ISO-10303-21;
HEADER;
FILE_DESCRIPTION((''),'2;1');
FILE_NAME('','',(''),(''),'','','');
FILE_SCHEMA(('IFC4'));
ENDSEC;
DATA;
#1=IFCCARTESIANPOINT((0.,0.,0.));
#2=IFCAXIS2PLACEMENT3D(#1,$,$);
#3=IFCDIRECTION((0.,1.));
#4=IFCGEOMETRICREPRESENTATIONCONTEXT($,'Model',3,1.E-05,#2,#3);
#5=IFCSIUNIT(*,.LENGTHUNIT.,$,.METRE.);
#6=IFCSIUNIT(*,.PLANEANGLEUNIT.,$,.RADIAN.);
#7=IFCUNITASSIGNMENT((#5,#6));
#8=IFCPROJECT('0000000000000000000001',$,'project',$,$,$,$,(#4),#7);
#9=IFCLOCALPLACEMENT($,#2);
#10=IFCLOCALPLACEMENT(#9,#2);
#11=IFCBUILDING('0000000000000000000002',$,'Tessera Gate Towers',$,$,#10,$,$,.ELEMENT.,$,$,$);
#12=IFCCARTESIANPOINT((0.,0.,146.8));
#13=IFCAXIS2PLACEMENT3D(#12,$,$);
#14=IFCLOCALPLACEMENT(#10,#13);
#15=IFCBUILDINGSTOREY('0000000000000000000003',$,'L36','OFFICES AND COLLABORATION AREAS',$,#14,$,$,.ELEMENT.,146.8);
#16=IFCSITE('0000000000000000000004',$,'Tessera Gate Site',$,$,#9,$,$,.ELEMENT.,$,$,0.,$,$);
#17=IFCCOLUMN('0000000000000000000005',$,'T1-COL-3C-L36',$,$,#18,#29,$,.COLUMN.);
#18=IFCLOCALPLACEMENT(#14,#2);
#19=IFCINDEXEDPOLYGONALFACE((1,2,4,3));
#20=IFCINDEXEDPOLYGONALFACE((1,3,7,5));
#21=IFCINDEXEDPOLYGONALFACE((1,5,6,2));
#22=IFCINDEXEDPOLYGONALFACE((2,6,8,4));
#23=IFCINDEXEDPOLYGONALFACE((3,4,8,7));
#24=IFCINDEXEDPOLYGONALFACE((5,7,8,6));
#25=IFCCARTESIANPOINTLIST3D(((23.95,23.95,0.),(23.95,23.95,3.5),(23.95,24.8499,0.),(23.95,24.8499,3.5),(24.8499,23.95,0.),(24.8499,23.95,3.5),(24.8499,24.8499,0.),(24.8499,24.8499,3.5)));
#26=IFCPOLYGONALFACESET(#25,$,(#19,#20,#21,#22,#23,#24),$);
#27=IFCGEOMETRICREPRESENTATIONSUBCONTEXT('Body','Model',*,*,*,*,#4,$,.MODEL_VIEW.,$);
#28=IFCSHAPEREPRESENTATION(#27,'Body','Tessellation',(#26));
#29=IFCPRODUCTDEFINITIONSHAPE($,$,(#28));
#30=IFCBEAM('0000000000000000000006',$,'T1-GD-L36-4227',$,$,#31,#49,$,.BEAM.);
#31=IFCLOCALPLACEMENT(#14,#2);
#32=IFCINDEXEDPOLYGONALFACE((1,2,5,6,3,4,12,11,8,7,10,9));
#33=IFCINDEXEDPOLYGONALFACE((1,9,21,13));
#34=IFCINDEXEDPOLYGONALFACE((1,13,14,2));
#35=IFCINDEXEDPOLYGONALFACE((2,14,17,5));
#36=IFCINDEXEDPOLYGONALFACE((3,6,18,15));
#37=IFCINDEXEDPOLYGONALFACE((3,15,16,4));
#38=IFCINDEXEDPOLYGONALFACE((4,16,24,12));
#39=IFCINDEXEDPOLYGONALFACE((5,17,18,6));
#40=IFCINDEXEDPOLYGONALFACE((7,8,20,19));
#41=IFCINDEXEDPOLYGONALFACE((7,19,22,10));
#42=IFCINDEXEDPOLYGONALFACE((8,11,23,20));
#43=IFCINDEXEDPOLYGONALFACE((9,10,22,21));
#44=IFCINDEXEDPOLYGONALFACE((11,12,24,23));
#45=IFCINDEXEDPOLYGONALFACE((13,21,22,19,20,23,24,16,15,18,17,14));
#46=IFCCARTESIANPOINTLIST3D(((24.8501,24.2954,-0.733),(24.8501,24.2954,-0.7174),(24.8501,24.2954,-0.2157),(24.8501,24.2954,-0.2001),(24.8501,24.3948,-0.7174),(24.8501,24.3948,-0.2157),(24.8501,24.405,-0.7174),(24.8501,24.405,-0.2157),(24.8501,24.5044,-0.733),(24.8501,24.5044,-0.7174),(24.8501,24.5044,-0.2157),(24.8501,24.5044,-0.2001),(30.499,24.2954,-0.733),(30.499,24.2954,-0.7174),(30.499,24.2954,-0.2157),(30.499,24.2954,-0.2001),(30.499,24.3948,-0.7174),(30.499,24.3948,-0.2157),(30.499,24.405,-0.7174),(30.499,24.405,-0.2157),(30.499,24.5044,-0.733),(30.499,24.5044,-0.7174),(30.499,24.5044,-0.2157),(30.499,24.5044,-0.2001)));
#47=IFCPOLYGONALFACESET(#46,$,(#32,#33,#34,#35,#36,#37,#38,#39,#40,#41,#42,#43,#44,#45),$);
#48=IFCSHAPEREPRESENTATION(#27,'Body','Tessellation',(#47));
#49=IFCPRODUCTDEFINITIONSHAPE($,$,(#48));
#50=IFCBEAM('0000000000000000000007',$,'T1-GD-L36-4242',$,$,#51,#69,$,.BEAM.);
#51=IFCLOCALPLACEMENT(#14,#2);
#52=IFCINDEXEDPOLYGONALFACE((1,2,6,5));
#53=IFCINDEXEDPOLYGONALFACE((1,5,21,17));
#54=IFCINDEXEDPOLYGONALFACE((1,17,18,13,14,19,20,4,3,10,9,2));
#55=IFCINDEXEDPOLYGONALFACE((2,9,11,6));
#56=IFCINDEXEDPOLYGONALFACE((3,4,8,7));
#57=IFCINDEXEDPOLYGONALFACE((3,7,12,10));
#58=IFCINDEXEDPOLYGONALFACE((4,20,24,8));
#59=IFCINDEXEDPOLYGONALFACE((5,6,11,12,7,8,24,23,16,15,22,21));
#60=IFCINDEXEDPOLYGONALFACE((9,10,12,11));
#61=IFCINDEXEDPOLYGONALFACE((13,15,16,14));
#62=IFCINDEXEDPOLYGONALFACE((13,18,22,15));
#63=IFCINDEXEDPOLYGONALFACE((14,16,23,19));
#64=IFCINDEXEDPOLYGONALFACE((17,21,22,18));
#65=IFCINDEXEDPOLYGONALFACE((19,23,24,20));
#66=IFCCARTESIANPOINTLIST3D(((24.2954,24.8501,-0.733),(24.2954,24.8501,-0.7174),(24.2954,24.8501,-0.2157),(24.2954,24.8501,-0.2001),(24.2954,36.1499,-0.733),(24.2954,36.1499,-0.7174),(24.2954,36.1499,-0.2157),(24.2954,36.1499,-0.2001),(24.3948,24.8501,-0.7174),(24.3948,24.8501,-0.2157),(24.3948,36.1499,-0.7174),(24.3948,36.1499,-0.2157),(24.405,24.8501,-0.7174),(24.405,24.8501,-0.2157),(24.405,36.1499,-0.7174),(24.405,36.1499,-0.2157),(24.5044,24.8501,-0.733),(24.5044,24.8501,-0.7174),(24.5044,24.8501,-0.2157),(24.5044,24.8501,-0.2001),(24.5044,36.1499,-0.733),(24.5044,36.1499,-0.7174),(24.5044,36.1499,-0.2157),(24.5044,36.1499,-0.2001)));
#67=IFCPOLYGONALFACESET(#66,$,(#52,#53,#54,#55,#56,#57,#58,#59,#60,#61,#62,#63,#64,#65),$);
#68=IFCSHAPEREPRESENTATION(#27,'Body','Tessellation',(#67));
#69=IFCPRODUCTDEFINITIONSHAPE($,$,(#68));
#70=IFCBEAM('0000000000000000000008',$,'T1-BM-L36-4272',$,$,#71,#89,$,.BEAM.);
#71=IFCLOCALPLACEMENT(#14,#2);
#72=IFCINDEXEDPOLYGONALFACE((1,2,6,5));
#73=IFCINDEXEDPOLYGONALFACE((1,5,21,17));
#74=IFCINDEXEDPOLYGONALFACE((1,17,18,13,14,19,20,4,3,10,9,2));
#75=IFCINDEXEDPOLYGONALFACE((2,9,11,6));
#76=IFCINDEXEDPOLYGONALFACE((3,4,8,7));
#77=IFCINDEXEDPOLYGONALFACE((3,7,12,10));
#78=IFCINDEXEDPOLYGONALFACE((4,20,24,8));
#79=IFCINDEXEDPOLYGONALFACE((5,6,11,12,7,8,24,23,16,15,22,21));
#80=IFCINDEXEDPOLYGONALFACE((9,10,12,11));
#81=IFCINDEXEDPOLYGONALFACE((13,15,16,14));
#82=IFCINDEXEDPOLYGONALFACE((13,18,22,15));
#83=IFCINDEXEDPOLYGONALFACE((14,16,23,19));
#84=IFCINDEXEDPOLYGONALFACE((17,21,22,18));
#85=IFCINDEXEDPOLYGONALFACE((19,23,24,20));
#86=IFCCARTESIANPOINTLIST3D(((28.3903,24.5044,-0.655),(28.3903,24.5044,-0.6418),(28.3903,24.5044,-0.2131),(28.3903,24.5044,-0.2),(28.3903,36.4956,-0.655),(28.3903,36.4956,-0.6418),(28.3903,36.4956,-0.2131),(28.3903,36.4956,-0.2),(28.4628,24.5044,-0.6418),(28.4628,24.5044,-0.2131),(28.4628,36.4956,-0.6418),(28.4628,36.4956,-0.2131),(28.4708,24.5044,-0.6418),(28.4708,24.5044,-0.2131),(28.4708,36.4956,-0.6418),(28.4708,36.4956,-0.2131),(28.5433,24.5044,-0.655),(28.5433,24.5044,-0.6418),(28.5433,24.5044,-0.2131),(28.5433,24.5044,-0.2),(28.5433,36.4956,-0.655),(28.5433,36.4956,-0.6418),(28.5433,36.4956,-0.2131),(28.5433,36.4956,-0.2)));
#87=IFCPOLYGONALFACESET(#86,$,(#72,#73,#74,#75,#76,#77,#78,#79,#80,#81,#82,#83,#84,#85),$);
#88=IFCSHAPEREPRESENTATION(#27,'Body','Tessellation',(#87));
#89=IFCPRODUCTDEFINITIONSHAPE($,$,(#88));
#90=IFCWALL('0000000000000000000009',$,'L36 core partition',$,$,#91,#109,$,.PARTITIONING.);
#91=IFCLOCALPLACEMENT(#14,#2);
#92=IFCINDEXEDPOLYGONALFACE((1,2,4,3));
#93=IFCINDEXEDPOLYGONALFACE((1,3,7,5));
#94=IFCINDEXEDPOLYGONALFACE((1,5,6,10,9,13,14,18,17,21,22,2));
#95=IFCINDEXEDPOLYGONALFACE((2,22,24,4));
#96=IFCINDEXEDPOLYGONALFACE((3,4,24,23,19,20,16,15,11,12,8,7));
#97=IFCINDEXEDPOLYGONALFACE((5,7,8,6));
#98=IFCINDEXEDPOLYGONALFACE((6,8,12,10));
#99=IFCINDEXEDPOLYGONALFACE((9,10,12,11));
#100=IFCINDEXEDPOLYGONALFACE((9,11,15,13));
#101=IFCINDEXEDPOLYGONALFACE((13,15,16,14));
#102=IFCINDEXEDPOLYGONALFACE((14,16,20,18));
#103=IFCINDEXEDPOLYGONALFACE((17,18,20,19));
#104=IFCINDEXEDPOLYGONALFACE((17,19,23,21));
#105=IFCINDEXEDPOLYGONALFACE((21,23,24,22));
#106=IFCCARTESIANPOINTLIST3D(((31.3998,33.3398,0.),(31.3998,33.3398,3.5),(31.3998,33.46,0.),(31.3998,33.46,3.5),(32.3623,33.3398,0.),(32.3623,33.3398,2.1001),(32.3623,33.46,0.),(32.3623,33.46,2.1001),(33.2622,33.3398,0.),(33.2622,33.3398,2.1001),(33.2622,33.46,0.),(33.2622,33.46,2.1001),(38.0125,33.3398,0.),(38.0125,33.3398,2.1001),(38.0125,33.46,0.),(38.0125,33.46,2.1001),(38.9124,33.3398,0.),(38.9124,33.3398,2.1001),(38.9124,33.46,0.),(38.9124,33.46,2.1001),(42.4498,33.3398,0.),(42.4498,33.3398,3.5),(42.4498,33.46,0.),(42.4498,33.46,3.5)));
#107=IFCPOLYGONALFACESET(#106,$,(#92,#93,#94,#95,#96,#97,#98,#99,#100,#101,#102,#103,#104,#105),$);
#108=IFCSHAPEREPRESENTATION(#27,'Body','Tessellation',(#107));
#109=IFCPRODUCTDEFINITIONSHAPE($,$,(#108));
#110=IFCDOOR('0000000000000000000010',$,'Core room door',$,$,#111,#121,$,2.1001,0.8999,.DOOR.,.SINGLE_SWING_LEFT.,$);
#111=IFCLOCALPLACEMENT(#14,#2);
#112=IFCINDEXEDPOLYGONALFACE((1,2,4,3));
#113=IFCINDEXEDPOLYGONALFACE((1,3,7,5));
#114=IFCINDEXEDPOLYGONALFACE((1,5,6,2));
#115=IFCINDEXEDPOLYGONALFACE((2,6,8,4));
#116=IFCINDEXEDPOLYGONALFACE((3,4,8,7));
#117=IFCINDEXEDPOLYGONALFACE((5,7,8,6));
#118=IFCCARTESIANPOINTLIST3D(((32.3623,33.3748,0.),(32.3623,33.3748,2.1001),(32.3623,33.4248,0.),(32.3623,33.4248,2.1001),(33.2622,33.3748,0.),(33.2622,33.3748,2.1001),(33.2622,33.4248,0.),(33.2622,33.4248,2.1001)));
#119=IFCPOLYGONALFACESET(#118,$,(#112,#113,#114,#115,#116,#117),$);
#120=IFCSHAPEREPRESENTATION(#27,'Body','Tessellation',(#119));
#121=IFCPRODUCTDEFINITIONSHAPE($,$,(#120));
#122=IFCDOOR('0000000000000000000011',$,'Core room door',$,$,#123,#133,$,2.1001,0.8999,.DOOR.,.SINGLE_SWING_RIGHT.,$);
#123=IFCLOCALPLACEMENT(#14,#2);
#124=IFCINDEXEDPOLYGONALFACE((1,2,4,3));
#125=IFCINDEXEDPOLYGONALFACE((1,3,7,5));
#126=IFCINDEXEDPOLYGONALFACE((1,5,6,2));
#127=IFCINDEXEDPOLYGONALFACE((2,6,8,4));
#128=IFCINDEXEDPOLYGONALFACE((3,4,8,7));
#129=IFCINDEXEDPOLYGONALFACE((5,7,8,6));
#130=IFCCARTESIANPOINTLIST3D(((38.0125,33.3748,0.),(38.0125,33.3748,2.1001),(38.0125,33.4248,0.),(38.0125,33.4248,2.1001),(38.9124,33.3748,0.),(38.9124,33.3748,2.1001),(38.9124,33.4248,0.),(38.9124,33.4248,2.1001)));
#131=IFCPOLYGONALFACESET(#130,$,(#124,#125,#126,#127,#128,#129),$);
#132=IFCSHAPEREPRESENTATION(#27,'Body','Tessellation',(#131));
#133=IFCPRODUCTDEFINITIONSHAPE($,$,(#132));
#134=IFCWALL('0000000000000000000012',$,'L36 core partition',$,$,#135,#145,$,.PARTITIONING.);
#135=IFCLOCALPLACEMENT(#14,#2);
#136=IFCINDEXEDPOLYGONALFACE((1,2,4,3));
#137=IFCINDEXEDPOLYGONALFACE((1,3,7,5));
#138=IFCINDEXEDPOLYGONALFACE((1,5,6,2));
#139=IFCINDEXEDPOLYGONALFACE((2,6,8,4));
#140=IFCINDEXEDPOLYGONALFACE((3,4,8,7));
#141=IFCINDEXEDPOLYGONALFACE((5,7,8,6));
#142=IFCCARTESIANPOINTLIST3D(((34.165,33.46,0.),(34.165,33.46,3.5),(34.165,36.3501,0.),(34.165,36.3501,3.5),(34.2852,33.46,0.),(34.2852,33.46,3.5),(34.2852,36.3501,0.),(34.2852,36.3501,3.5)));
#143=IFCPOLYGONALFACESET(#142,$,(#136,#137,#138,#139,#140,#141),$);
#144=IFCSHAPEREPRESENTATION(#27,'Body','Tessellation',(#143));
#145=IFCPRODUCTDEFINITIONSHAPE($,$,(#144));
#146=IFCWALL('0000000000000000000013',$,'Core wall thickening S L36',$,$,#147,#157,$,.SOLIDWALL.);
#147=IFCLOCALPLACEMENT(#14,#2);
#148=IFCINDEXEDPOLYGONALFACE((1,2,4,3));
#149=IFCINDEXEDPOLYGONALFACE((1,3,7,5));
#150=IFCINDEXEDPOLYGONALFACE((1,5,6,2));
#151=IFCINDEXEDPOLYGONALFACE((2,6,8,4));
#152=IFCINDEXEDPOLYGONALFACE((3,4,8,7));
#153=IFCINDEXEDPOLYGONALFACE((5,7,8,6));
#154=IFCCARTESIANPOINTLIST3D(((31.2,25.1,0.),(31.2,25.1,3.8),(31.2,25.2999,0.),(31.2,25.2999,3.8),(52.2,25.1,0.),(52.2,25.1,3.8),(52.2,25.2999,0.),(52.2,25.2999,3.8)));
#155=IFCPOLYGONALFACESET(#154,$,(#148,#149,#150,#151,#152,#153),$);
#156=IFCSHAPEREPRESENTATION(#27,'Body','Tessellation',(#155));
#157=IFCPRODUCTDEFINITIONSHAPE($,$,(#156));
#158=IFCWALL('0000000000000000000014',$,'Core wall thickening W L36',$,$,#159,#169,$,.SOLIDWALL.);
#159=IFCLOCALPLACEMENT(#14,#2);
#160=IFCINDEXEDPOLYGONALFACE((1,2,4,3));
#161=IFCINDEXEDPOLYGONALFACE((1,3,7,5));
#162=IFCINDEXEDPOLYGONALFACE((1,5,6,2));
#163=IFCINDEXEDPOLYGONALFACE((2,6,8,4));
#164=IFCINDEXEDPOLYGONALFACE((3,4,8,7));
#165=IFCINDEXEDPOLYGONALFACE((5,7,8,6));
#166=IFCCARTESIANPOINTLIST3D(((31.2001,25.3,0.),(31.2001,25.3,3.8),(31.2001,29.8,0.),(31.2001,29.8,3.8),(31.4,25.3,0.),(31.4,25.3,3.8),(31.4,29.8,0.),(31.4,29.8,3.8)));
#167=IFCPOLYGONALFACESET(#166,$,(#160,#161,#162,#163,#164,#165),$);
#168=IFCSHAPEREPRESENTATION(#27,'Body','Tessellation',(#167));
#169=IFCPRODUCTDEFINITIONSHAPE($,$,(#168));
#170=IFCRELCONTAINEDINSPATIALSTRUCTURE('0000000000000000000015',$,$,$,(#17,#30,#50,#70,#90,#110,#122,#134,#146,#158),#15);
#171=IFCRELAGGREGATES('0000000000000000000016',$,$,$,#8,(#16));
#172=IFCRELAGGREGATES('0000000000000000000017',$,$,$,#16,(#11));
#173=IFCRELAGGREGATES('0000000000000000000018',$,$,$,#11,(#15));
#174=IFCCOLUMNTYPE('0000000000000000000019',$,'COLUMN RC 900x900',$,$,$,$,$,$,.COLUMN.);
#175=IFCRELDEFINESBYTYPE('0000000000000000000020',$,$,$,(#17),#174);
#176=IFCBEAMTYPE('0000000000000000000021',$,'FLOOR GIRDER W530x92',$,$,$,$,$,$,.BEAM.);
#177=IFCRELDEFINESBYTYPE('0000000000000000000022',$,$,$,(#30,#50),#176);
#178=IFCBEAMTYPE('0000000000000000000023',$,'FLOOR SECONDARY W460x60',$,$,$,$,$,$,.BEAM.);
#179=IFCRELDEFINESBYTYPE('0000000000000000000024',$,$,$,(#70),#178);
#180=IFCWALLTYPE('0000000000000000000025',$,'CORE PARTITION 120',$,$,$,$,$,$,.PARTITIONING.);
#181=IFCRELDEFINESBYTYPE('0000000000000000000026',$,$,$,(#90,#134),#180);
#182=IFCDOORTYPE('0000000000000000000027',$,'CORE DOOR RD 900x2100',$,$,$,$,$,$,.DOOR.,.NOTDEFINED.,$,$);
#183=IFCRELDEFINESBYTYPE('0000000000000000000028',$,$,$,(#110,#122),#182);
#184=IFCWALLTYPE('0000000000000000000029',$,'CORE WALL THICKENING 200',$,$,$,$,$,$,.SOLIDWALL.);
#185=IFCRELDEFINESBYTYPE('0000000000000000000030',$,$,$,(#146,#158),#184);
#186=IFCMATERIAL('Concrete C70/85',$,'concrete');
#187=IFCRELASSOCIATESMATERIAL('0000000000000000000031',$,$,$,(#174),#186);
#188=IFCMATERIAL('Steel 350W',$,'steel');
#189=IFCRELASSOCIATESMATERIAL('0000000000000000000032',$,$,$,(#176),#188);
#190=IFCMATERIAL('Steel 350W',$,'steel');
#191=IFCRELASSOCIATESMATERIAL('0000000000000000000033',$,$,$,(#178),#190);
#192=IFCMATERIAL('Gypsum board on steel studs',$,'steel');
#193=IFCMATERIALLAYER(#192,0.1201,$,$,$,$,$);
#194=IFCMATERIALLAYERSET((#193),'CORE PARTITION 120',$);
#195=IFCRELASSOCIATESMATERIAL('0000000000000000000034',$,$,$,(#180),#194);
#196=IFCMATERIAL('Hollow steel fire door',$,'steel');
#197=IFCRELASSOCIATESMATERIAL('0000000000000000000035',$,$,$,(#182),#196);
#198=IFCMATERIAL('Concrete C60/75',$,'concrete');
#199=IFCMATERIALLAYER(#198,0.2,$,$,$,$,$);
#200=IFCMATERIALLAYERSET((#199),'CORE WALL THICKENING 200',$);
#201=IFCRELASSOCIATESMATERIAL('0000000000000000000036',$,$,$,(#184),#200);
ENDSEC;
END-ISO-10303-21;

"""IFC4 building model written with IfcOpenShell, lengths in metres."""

from ifc_helpers import new_model, si_unit, direction, frame, frame_2d, origin, origin_2d, place, context, subcontext, project, spatial, rectangle, i_section, extrude, source, transform, mapped, material, layer, layer_set, material_profile, profile_set, type_object, element, fill, save


model = new_model("IFC4")

# Units and contexts
model_context = context("Model", 3, precision=1e-05, world=origin(), true_north=direction((0.0, 1.0)))
body_context = subcontext(model_context, "Body", "Model", "MODEL_VIEW")
ifc_project = project(units=[si_unit("LENGTHUNIT", "METRE"), si_unit("PLANEANGLEUNIT", "RADIAN")], contexts=[model_context])

# Site, building, storey
site_placement = place(None, origin())
site = spatial("IfcSite", under=ifc_project, at=site_placement, Name="Tessera Gate Site", CompositionType="ELEMENT", RefElevation=0.0)
building_placement = place(site_placement, origin())
building = spatial("IfcBuilding", under=site, at=building_placement, Name="Tessera Gate Towers", CompositionType="ELEMENT")
storey_placement = place(building_placement, frame((0.0, 0.0, 146.8)))
storey = spatial("IfcBuildingStorey", under=building, at=storey_placement, Name="L36", Description="OFFICES AND COLLABORATION AREAS", CompositionType="ELEMENT", Elevation=146.8)

# Column
ifc_material_1 = material(Name="Concrete C70/85", Category="concrete")
ifc_material_profile_1 = material_profile(ifc_material_1, rectangle(XDim=0.8999, YDim=0.8999, at=origin_2d()), Name="RC 900x900")
ifc_profile_set_1 = profile_set([ifc_material_profile_1], Name="Concrete C70/85")
column_type = type_object("IfcColumnType", Name="COLUMN RC 900x900", PredefinedType="COLUMN", material=ifc_profile_set_1)
column_placement = place(storey_placement, frame((24.3999, 24.3999, 0.0), z_axis=(0.0, 0.0, 1.0), x_axis=(1.0, 0.0, 0.0)))
element("IfcColumn", 1, at=column_placement, inside=storey, type_object=column_type, Name="T1-COL-3C-L36", PredefinedType="COLUMN", context=body_context, shape_type="SweptSolid", body=[
    extrude(rectangle(XDim=0.8999, YDim=0.8999, at=origin_2d()), origin(), (0.0, 0.0, 1.0), 3.5),
])

# Beams
ifc_material_2 = material(Name="Steel 350W", Category="steel")
ifc_material_profile_2 = material_profile(ifc_material_2, i_section(OverallWidth=0.209, OverallDepth=0.533, WebThickness=0.0103, FlangeThickness=0.0156, at=origin_2d()), Name="W530x92")
ifc_profile_set_2 = profile_set([ifc_material_profile_2], Name="Steel 350W")
beam_type_1 = type_object("IfcBeamType", Name="FLOOR GIRDER W530x92", PredefinedType="BEAM", material=ifc_profile_set_2)
beam_1_placement = place(storey_placement, frame((24.8501, 24.3999, -0.4666), z_axis=(1.0, 0.0, 0.0), x_axis=(0.0, 1.0, 0.0)))
element("IfcBeam", 2, at=beam_1_placement, inside=storey, type_object=beam_type_1, Name="T1-GD-L36-4227", PredefinedType="BEAM", context=body_context, shape_type="SweptSolid", body=[
    extrude(i_section(OverallWidth=0.209, OverallDepth=0.533, WebThickness=0.0103, FlangeThickness=0.0156, at=origin_2d()), origin(), (0.0, 0.0, 1.0), 5.6489),
])
beam_2_placement = place(storey_placement, frame((24.3999, 24.8501, -0.4666), z_axis=(0.0, 1.0, 0.0), x_axis=(-1.0, 0.0, 0.0)))
element("IfcBeam", 3, at=beam_2_placement, inside=storey, type_object=beam_type_1, Name="T1-GD-L36-4242", PredefinedType="BEAM", context=body_context, shape_type="SweptSolid", body=[
    extrude(i_section(OverallWidth=0.209, OverallDepth=0.533, WebThickness=0.0103, FlangeThickness=0.0156, at=origin_2d()), origin(), (0.0, 0.0, 1.0), 11.2998),
])
ifc_material_3 = material(Name="Steel 350W", Category="steel")
ifc_material_profile_3 = material_profile(ifc_material_3, i_section(OverallWidth=0.1531, OverallDepth=0.4551, WebThickness=0.0081, FlangeThickness=0.0132, at=origin_2d()), Name="W460x60")
ifc_profile_set_3 = profile_set([ifc_material_profile_3], Name="Steel 350W")
beam_type_2 = type_object("IfcBeamType", Name="FLOOR SECONDARY W460x60", PredefinedType="BEAM", material=ifc_profile_set_3)
beam_3_placement = place(storey_placement, frame((28.4668, 24.5044, -0.4275), z_axis=(0.0, 1.0, 0.0), x_axis=(-1.0, 0.0, 0.0)))
element("IfcBeam", 4, at=beam_3_placement, inside=storey, type_object=beam_type_2, Name="T1-BM-L36-4272", PredefinedType="BEAM", context=body_context, shape_type="SweptSolid", body=[
    extrude(i_section(OverallWidth=0.1531, OverallDepth=0.4551, WebThickness=0.0081, FlangeThickness=0.0132, at=origin_2d()), origin(), (0.0, 0.0, 1.0), 11.9912),
])

# Wall, openings, doors
ifc_material_4 = material(Name="Gypsum board on steel studs", Category="steel")
ifc_layer_1 = layer(ifc_material_4, 0.1201)
ifc_layer_set_1 = layer_set([ifc_layer_1], Name="CORE PARTITION 120")
wall_type_1 = type_object("IfcWallType", Name="CORE PARTITION 120", PredefinedType="PARTITIONING", material=ifc_layer_set_1)
wall_1_placement = place(storey_placement, frame((31.3999, 33.3999, 0.0), z_axis=(0.0, 0.0, 1.0), x_axis=(1.0, 0.0, 0.0)))
wall_1 = element("IfcWall", 5, at=wall_1_placement, inside=storey, type_object=wall_type_1, Name="L36 core partition", PredefinedType="PARTITIONING", context=body_context, shape_type="SweptSolid", body=[
    extrude(rectangle(XDim=11.05, YDim=0.1201, at=frame_2d((5.5249, 0.0))), origin(), (0.0, 0.0, 1.0), 3.5),
])
shared_shape_1 = source(origin(), body_context, "Body", "SweptSolid", [
    extrude(rectangle(XDim=0.8999, YDim=2.1001, at=frame_2d((0.45, 1.05))), frame((0.0, 0.0701, 0.0), z_axis=(0.0, -1.0, 0.0), x_axis=(1.0, 0.0, 0.0)), (0.0, 0.0, 1.0), 0.1401),
])
opening_1_placement = place(wall_1_placement, frame((0.9624, 0.0, 0.0)))
opening_1 = element("IfcOpeningElement", 6, at=opening_1_placement, cuts=wall_1, PredefinedType="OPENING", context=body_context, shape_type="MappedRepresentation", body=[
    mapped(shared_shape_1, transform((0.0, 0.0, 0.0), scale=1.0)),
])
opening_2_placement = place(wall_1_placement, frame((6.6125, 0.0, 0.0)))
opening_2 = element("IfcOpeningElement", 7, at=opening_2_placement, cuts=wall_1, PredefinedType="OPENING", context=body_context, shape_type="MappedRepresentation", body=[
    mapped(shared_shape_1, transform((0.0, 0.0, 0.0), scale=1.0)),
])
ifc_material_5 = material(Name="Hollow steel fire door", Category="steel")
door_type_1 = type_object("IfcDoorType", Name="CORE DOOR RD 900x2100", OperationType="NOTDEFINED", PredefinedType="DOOR", material=ifc_material_5)
shared_shape_2 = source(origin(), body_context, "Body", "SweptSolid", [
    extrude(rectangle(XDim=0.8999, YDim=2.1001, at=frame_2d((0.45, 1.05))), frame((0.0, 0.0249, 0.0), z_axis=(0.0, -1.0, 0.0), x_axis=(1.0, 0.0, 0.0)), (0.0, 0.0, 1.0), 0.05),
])
door_1_placement = place(opening_1_placement, origin())
door_1 = element("IfcDoor", 8, at=door_1_placement, inside=storey, type_object=door_type_1, Name="Core room door", OperationType="SINGLE_SWING_LEFT", OverallHeight=2.1001, OverallWidth=0.8999, PredefinedType="DOOR", context=body_context, shape_type="MappedRepresentation", body=[
    mapped(shared_shape_2, transform((0.0, 0.0, 0.0), scale=1.0)),
])
fill(opening_1, door_1)
door_2_placement = place(opening_2_placement, origin())
door_2 = element("IfcDoor", 9, at=door_2_placement, inside=storey, type_object=door_type_1, Name="Core room door", OperationType="SINGLE_SWING_RIGHT", OverallHeight=2.1001, OverallWidth=0.8999, PredefinedType="DOOR", context=body_context, shape_type="MappedRepresentation", body=[
    mapped(shared_shape_2, transform((0.0, 0.0, 0.0), scale=1.0)),
])
fill(opening_2, door_2)

# Wall
wall_2_placement = place(storey_placement, frame((34.2251, 33.46, 0.0), z_axis=(0.0, 0.0, 1.0), x_axis=(0.0, 1.0, 0.0)))
element("IfcWall", 10, at=wall_2_placement, inside=storey, type_object=wall_type_1, Name="L36 core partition", PredefinedType="PARTITIONING", context=body_context, shape_type="SweptSolid", body=[
    extrude(rectangle(XDim=2.8901, YDim=0.1201, at=frame_2d((1.4451, 0.0))), origin(), (0.0, 0.0, 1.0), 3.5),
])

# Walls
ifc_material_6 = material(Name="Concrete C60/75", Category="concrete")
ifc_layer_2 = layer(ifc_material_6, 0.2)
ifc_layer_set_2 = layer_set([ifc_layer_2], Name="CORE WALL THICKENING 200")
wall_type_2 = type_object("IfcWallType", Name="CORE WALL THICKENING 200", PredefinedType="SOLIDWALL", material=ifc_layer_set_2)
wall_3_placement = place(storey_placement, frame((31.2, 25.2, 0.0), z_axis=(0.0, 0.0, 1.0), x_axis=(1.0, 0.0, 0.0)))
element("IfcWall", 11, at=wall_3_placement, inside=storey, type_object=wall_type_2, Name="Core wall thickening S L36", PredefinedType="SOLIDWALL", context=body_context, shape_type="SweptSolid", body=[
    extrude(rectangle(XDim=21.0, YDim=0.2, at=frame_2d((10.5, 0.0))), origin(), (0.0, 0.0, 1.0), 3.8),
])
wall_4_placement = place(storey_placement, frame((31.3, 25.3, 0.0), z_axis=(0.0, 0.0, 1.0), x_axis=(0.0, 1.0, 0.0)))
element("IfcWall", 12, at=wall_4_placement, inside=storey, type_object=wall_type_2, Name="Core wall thickening W L36", PredefinedType="SOLIDWALL", context=body_context, shape_type="SweptSolid", body=[
    extrude(rectangle(XDim=4.5, YDim=0.2, at=frame_2d((2.25, 0.0))), origin(), (0.0, 0.0, 1.0), 3.8),
])

save(model, "model.ifc")
